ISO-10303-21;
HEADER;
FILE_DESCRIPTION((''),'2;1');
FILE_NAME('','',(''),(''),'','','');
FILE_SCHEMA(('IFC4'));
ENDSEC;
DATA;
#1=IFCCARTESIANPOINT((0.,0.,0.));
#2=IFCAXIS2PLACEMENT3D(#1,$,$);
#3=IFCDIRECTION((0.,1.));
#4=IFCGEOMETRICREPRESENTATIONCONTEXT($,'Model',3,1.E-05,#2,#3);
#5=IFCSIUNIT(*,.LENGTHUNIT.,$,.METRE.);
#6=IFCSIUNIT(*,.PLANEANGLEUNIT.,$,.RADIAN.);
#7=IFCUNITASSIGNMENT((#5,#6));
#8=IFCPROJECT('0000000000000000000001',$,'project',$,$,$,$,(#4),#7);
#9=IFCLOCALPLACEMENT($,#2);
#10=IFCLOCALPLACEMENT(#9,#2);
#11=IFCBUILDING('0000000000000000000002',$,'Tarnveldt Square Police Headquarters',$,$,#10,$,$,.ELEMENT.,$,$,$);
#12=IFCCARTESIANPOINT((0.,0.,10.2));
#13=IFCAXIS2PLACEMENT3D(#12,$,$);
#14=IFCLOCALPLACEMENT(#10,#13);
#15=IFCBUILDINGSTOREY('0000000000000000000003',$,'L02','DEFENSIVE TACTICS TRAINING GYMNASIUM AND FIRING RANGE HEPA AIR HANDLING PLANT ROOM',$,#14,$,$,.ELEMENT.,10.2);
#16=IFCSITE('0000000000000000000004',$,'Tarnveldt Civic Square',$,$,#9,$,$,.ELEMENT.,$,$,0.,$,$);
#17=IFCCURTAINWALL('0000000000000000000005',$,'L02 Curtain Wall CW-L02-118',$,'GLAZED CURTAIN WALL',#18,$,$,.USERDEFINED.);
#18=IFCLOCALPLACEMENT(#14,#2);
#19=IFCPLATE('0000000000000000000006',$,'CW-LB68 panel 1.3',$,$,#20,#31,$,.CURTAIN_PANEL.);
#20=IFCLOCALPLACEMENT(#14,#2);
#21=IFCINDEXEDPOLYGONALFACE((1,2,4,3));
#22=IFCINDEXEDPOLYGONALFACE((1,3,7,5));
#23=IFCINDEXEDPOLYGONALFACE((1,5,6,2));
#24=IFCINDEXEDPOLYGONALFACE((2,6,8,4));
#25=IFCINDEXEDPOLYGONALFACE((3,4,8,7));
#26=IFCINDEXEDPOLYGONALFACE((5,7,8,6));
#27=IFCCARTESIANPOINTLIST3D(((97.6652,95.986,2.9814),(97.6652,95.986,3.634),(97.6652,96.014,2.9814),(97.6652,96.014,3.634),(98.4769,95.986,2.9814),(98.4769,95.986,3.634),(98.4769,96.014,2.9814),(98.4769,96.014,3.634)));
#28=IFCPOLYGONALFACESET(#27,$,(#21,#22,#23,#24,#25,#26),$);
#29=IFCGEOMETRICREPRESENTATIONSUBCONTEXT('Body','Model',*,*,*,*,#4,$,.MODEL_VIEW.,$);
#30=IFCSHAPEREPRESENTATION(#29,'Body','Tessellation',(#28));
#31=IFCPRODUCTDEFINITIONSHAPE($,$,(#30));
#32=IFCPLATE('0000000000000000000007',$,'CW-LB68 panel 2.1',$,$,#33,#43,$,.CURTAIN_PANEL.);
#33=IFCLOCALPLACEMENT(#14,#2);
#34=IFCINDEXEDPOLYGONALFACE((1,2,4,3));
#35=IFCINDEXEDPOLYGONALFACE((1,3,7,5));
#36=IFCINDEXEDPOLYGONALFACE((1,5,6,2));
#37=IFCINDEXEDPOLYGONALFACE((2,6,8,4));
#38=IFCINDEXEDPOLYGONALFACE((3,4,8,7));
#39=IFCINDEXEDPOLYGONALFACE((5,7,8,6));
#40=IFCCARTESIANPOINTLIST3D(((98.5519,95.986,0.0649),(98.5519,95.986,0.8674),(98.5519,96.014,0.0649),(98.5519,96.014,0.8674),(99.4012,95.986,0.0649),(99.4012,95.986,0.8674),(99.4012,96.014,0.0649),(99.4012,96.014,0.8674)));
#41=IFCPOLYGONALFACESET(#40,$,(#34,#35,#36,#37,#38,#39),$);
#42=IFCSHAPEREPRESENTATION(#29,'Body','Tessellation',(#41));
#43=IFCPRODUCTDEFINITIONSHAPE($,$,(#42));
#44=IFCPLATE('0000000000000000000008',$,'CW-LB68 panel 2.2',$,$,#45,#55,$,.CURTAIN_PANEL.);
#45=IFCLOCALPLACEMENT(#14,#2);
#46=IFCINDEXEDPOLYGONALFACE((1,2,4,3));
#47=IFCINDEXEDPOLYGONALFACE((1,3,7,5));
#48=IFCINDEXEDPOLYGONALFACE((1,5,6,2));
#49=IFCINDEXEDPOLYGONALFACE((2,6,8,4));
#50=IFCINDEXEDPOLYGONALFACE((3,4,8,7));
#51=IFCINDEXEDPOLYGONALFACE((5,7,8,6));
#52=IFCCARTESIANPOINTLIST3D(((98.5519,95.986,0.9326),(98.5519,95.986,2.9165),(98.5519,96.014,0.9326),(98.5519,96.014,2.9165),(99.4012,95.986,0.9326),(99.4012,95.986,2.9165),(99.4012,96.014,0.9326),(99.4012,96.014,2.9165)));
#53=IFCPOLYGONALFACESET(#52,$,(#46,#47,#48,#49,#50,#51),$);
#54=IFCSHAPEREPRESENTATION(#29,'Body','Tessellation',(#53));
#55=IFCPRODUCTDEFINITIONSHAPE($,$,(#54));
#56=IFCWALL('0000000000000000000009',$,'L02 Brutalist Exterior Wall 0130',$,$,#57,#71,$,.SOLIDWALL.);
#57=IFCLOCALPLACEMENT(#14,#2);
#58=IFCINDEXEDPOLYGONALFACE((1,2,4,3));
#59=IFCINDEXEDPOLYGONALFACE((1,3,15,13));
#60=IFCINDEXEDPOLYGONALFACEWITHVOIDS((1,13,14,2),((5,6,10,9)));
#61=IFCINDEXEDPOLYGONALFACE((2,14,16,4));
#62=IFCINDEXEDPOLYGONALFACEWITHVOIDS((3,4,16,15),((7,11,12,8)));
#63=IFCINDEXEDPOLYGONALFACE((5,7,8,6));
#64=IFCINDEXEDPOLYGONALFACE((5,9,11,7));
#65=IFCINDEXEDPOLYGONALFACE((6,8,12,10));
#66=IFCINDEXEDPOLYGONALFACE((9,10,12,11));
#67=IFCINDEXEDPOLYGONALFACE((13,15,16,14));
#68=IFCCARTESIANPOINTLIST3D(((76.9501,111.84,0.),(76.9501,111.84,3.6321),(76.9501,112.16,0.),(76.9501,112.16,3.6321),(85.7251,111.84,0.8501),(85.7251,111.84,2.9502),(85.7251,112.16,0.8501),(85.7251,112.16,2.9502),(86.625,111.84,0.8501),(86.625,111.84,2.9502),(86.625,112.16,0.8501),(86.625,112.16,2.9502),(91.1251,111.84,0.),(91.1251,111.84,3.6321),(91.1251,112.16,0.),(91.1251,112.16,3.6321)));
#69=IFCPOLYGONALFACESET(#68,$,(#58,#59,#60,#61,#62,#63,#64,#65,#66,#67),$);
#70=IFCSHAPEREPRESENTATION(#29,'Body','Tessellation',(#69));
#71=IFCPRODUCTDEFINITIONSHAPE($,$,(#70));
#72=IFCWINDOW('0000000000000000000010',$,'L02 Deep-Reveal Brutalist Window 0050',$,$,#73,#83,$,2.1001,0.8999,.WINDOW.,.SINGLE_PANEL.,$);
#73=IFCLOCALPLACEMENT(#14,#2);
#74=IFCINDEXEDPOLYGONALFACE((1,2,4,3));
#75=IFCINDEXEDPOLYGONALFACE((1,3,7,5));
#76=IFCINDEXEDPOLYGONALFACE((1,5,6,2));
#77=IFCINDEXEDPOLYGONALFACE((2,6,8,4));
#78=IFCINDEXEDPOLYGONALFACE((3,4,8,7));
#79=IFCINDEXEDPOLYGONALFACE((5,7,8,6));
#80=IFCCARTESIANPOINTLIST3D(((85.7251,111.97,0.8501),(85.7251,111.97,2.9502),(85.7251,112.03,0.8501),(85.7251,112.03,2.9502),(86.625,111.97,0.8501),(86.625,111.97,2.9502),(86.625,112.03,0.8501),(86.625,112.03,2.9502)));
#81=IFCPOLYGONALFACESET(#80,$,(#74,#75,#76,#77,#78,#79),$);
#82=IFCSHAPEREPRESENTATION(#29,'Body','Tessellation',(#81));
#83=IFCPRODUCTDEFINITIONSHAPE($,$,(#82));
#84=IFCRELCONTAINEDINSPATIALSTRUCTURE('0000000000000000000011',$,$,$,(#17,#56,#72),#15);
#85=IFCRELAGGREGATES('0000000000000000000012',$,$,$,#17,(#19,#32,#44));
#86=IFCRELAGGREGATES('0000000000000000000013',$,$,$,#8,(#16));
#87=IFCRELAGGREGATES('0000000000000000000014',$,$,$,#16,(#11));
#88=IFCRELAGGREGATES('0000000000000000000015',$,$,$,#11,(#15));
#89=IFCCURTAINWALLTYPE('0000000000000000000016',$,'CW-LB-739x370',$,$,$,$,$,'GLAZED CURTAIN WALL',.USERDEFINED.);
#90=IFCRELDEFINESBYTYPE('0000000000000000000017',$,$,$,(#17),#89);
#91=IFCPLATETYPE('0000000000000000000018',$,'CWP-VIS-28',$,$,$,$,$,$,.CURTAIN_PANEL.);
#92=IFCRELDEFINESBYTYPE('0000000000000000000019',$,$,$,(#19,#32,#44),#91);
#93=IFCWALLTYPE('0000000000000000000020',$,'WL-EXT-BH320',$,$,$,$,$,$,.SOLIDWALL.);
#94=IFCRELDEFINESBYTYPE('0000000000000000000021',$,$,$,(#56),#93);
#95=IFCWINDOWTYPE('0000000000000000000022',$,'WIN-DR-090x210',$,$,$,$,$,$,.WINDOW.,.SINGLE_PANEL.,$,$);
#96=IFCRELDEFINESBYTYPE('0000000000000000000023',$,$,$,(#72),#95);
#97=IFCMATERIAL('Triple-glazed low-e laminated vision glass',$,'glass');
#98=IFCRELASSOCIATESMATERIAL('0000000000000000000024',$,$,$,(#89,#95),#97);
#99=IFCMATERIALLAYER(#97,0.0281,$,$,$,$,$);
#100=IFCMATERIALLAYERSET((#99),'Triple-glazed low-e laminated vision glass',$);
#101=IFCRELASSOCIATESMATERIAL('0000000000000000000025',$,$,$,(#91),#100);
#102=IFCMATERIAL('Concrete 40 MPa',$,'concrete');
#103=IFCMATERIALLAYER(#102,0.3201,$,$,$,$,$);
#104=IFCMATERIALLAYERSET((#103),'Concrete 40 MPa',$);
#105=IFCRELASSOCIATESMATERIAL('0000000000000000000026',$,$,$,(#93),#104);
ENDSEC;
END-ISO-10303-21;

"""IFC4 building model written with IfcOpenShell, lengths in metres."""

from ifc_helpers import new_model, si_unit, direction, frame, frame_2d, origin, origin_2d, place, context, subcontext, project, spatial, rectangle, extrude, material, layer, layer_set, type_object, element, fill, aggregate, save


model = new_model("IFC4")

# Units and contexts
model_context = context("Model", 3, precision=1e-05, world=origin(), true_north=direction((0.0, 1.0)))
body_context = subcontext(model_context, "Body", "Model", "MODEL_VIEW")
ifc_project = project(units=[si_unit("LENGTHUNIT", "METRE"), si_unit("PLANEANGLEUNIT", "RADIAN")], contexts=[model_context])

# Site, building, storey
site_placement = place(None, origin())
site = spatial("IfcSite", under=ifc_project, at=site_placement, Name="Tarnveldt Civic Square", CompositionType="ELEMENT", RefElevation=0.0)
building_placement = place(site_placement, origin())
building = spatial("IfcBuilding", under=site, at=building_placement, Name="Tarnveldt Square Police Headquarters", CompositionType="ELEMENT")
storey_placement = place(building_placement, frame((0.0, 0.0, 10.2)))
storey = spatial("IfcBuildingStorey", under=building, at=storey_placement, Name="L02", Description="DEFENSIVE TACTICS TRAINING GYMNASIUM AND FIRING RANGE HEPA AIR HANDLING PLANT ROOM", CompositionType="ELEMENT", Elevation=10.2)

# Shared definitions
ifc_material_1 = material(Name="Concrete 40 MPa", Category="concrete")

# Curtain wall, plates
ifc_material_2 = material(Name="Triple-glazed low-e laminated vision glass", Category="glass")
curtain_wall_type = type_object("IfcCurtainWallType", Name="CW-LB-739x370", ElementType="GLAZED CURTAIN WALL", PredefinedType="USERDEFINED", material=ifc_material_2)
curtain_wall_placement = place(storey_placement, origin())
curtain_wall = element("IfcCurtainWall", 1, at=curtain_wall_placement, inside=storey, type_object=curtain_wall_type, Name="L02 Curtain Wall CW-L02-118", ObjectType="GLAZED CURTAIN WALL", PredefinedType="USERDEFINED")
ifc_layer_1 = layer(ifc_material_2, 0.0281)
ifc_layer_set_1 = layer_set([ifc_layer_1], Name="Triple-glazed low-e laminated vision glass")
plate_type = type_object("IfcPlateType", Name="CWP-VIS-28", PredefinedType="CURTAIN_PANEL", material=ifc_layer_set_1)
plate_1_placement = place(storey_placement, frame((98.071, 96.0, 2.9814), z_axis=(0.0, 0.0, 1.0), x_axis=(1.0, 0.0, 0.0)))
plate_1 = element("IfcPlate", 2, at=plate_1_placement, type_object=plate_type, Name="CW-LB68 panel 1.3", PredefinedType="CURTAIN_PANEL", context=body_context, shape_type="SweptSolid", body=[
    extrude(rectangle(XDim=0.8118, YDim=0.0281, at=origin_2d()), origin(), (0.0, 0.0, 1.0), 0.6526),
])
plate_2_placement = place(storey_placement, frame((98.9766, 96.0, 0.0649), z_axis=(0.0, 0.0, 1.0), x_axis=(1.0, 0.0, 0.0)))
plate_2 = element("IfcPlate", 3, at=plate_2_placement, type_object=plate_type, Name="CW-LB68 panel 2.1", PredefinedType="CURTAIN_PANEL", context=body_context, shape_type="SweptSolid", body=[
    extrude(rectangle(XDim=0.8494, YDim=0.0281, at=origin_2d()), origin(), (0.0, 0.0, 1.0), 0.8025),
])
plate_3_placement = place(storey_placement, frame((98.9766, 96.0, 0.9326), z_axis=(0.0, 0.0, 1.0), x_axis=(1.0, 0.0, 0.0)))
plate_3 = element("IfcPlate", 4, at=plate_3_placement, type_object=plate_type, Name="CW-LB68 panel 2.2", PredefinedType="CURTAIN_PANEL", context=body_context, shape_type="SweptSolid", body=[
    extrude(rectangle(XDim=0.8494, YDim=0.0281, at=origin_2d()), origin(), (0.0, 0.0, 1.0), 1.9839),
])
aggregate(curtain_wall, [plate_1, plate_2, plate_3])

# Wall, opening, window
ifc_layer_2 = layer(ifc_material_1, 0.3201)
ifc_layer_set_2 = layer_set([ifc_layer_2], Name="Concrete 40 MPa")
wall_type = type_object("IfcWallType", Name="WL-EXT-BH320", PredefinedType="SOLIDWALL", material=ifc_layer_set_2)
wall_placement = place(storey_placement, frame((91.125, 112.0, 0.0), z_axis=(0.0, 0.0, 1.0), x_axis=(-1.0, 0.0, 0.0)))
wall = element("IfcWall", 5, at=wall_placement, inside=storey, type_object=wall_type, Name="L02 Brutalist Exterior Wall 0130", PredefinedType="SOLIDWALL", context=body_context, shape_type="SweptSolid", body=[
    extrude(rectangle(XDim=14.175, YDim=0.3201, at=frame_2d((7.0874, 0.0))), origin(), (0.0, 0.0, 1.0), 3.6321),
])
opening_placement = place(wall_placement, frame((4.5, 0.0, 0.8501)))
opening = element("IfcOpeningElement", 6, at=opening_placement, cuts=wall, PredefinedType="OPENING", context=body_context, shape_type="SweptSolid", body=[
    extrude(rectangle(XDim=0.8999, YDim=2.1001, at=frame_2d((0.45, 1.05))), frame((0.0, 0.1699, 0.0), z_axis=(0.0, -1.0, 0.0), x_axis=(1.0, 0.0, 0.0)), (0.0, 0.0, 1.0), 0.3401),
])
window_type = type_object("IfcWindowType", Name="WIN-DR-090x210", PartitioningType="SINGLE_PANEL", PredefinedType="WINDOW", material=ifc_material_2)
window_placement = place(opening_placement, origin())
window = element("IfcWindow", 7, at=window_placement, inside=storey, type_object=window_type, Name="L02 Deep-Reveal Brutalist Window 0050", OverallHeight=2.1001, OverallWidth=0.8999, PartitioningType="SINGLE_PANEL", PredefinedType="WINDOW", context=body_context, shape_type="SweptSolid", body=[
    extrude(rectangle(XDim=0.8999, YDim=2.1001, at=frame_2d((0.45, 1.05))), frame((0.0, 0.03, 0.0), z_axis=(0.0, -1.0, 0.0), x_axis=(1.0, 0.0, 0.0)), (0.0, 0.0, 1.0), 0.0601),
])
fill(opening, window)

save(model, "model.ifc")
